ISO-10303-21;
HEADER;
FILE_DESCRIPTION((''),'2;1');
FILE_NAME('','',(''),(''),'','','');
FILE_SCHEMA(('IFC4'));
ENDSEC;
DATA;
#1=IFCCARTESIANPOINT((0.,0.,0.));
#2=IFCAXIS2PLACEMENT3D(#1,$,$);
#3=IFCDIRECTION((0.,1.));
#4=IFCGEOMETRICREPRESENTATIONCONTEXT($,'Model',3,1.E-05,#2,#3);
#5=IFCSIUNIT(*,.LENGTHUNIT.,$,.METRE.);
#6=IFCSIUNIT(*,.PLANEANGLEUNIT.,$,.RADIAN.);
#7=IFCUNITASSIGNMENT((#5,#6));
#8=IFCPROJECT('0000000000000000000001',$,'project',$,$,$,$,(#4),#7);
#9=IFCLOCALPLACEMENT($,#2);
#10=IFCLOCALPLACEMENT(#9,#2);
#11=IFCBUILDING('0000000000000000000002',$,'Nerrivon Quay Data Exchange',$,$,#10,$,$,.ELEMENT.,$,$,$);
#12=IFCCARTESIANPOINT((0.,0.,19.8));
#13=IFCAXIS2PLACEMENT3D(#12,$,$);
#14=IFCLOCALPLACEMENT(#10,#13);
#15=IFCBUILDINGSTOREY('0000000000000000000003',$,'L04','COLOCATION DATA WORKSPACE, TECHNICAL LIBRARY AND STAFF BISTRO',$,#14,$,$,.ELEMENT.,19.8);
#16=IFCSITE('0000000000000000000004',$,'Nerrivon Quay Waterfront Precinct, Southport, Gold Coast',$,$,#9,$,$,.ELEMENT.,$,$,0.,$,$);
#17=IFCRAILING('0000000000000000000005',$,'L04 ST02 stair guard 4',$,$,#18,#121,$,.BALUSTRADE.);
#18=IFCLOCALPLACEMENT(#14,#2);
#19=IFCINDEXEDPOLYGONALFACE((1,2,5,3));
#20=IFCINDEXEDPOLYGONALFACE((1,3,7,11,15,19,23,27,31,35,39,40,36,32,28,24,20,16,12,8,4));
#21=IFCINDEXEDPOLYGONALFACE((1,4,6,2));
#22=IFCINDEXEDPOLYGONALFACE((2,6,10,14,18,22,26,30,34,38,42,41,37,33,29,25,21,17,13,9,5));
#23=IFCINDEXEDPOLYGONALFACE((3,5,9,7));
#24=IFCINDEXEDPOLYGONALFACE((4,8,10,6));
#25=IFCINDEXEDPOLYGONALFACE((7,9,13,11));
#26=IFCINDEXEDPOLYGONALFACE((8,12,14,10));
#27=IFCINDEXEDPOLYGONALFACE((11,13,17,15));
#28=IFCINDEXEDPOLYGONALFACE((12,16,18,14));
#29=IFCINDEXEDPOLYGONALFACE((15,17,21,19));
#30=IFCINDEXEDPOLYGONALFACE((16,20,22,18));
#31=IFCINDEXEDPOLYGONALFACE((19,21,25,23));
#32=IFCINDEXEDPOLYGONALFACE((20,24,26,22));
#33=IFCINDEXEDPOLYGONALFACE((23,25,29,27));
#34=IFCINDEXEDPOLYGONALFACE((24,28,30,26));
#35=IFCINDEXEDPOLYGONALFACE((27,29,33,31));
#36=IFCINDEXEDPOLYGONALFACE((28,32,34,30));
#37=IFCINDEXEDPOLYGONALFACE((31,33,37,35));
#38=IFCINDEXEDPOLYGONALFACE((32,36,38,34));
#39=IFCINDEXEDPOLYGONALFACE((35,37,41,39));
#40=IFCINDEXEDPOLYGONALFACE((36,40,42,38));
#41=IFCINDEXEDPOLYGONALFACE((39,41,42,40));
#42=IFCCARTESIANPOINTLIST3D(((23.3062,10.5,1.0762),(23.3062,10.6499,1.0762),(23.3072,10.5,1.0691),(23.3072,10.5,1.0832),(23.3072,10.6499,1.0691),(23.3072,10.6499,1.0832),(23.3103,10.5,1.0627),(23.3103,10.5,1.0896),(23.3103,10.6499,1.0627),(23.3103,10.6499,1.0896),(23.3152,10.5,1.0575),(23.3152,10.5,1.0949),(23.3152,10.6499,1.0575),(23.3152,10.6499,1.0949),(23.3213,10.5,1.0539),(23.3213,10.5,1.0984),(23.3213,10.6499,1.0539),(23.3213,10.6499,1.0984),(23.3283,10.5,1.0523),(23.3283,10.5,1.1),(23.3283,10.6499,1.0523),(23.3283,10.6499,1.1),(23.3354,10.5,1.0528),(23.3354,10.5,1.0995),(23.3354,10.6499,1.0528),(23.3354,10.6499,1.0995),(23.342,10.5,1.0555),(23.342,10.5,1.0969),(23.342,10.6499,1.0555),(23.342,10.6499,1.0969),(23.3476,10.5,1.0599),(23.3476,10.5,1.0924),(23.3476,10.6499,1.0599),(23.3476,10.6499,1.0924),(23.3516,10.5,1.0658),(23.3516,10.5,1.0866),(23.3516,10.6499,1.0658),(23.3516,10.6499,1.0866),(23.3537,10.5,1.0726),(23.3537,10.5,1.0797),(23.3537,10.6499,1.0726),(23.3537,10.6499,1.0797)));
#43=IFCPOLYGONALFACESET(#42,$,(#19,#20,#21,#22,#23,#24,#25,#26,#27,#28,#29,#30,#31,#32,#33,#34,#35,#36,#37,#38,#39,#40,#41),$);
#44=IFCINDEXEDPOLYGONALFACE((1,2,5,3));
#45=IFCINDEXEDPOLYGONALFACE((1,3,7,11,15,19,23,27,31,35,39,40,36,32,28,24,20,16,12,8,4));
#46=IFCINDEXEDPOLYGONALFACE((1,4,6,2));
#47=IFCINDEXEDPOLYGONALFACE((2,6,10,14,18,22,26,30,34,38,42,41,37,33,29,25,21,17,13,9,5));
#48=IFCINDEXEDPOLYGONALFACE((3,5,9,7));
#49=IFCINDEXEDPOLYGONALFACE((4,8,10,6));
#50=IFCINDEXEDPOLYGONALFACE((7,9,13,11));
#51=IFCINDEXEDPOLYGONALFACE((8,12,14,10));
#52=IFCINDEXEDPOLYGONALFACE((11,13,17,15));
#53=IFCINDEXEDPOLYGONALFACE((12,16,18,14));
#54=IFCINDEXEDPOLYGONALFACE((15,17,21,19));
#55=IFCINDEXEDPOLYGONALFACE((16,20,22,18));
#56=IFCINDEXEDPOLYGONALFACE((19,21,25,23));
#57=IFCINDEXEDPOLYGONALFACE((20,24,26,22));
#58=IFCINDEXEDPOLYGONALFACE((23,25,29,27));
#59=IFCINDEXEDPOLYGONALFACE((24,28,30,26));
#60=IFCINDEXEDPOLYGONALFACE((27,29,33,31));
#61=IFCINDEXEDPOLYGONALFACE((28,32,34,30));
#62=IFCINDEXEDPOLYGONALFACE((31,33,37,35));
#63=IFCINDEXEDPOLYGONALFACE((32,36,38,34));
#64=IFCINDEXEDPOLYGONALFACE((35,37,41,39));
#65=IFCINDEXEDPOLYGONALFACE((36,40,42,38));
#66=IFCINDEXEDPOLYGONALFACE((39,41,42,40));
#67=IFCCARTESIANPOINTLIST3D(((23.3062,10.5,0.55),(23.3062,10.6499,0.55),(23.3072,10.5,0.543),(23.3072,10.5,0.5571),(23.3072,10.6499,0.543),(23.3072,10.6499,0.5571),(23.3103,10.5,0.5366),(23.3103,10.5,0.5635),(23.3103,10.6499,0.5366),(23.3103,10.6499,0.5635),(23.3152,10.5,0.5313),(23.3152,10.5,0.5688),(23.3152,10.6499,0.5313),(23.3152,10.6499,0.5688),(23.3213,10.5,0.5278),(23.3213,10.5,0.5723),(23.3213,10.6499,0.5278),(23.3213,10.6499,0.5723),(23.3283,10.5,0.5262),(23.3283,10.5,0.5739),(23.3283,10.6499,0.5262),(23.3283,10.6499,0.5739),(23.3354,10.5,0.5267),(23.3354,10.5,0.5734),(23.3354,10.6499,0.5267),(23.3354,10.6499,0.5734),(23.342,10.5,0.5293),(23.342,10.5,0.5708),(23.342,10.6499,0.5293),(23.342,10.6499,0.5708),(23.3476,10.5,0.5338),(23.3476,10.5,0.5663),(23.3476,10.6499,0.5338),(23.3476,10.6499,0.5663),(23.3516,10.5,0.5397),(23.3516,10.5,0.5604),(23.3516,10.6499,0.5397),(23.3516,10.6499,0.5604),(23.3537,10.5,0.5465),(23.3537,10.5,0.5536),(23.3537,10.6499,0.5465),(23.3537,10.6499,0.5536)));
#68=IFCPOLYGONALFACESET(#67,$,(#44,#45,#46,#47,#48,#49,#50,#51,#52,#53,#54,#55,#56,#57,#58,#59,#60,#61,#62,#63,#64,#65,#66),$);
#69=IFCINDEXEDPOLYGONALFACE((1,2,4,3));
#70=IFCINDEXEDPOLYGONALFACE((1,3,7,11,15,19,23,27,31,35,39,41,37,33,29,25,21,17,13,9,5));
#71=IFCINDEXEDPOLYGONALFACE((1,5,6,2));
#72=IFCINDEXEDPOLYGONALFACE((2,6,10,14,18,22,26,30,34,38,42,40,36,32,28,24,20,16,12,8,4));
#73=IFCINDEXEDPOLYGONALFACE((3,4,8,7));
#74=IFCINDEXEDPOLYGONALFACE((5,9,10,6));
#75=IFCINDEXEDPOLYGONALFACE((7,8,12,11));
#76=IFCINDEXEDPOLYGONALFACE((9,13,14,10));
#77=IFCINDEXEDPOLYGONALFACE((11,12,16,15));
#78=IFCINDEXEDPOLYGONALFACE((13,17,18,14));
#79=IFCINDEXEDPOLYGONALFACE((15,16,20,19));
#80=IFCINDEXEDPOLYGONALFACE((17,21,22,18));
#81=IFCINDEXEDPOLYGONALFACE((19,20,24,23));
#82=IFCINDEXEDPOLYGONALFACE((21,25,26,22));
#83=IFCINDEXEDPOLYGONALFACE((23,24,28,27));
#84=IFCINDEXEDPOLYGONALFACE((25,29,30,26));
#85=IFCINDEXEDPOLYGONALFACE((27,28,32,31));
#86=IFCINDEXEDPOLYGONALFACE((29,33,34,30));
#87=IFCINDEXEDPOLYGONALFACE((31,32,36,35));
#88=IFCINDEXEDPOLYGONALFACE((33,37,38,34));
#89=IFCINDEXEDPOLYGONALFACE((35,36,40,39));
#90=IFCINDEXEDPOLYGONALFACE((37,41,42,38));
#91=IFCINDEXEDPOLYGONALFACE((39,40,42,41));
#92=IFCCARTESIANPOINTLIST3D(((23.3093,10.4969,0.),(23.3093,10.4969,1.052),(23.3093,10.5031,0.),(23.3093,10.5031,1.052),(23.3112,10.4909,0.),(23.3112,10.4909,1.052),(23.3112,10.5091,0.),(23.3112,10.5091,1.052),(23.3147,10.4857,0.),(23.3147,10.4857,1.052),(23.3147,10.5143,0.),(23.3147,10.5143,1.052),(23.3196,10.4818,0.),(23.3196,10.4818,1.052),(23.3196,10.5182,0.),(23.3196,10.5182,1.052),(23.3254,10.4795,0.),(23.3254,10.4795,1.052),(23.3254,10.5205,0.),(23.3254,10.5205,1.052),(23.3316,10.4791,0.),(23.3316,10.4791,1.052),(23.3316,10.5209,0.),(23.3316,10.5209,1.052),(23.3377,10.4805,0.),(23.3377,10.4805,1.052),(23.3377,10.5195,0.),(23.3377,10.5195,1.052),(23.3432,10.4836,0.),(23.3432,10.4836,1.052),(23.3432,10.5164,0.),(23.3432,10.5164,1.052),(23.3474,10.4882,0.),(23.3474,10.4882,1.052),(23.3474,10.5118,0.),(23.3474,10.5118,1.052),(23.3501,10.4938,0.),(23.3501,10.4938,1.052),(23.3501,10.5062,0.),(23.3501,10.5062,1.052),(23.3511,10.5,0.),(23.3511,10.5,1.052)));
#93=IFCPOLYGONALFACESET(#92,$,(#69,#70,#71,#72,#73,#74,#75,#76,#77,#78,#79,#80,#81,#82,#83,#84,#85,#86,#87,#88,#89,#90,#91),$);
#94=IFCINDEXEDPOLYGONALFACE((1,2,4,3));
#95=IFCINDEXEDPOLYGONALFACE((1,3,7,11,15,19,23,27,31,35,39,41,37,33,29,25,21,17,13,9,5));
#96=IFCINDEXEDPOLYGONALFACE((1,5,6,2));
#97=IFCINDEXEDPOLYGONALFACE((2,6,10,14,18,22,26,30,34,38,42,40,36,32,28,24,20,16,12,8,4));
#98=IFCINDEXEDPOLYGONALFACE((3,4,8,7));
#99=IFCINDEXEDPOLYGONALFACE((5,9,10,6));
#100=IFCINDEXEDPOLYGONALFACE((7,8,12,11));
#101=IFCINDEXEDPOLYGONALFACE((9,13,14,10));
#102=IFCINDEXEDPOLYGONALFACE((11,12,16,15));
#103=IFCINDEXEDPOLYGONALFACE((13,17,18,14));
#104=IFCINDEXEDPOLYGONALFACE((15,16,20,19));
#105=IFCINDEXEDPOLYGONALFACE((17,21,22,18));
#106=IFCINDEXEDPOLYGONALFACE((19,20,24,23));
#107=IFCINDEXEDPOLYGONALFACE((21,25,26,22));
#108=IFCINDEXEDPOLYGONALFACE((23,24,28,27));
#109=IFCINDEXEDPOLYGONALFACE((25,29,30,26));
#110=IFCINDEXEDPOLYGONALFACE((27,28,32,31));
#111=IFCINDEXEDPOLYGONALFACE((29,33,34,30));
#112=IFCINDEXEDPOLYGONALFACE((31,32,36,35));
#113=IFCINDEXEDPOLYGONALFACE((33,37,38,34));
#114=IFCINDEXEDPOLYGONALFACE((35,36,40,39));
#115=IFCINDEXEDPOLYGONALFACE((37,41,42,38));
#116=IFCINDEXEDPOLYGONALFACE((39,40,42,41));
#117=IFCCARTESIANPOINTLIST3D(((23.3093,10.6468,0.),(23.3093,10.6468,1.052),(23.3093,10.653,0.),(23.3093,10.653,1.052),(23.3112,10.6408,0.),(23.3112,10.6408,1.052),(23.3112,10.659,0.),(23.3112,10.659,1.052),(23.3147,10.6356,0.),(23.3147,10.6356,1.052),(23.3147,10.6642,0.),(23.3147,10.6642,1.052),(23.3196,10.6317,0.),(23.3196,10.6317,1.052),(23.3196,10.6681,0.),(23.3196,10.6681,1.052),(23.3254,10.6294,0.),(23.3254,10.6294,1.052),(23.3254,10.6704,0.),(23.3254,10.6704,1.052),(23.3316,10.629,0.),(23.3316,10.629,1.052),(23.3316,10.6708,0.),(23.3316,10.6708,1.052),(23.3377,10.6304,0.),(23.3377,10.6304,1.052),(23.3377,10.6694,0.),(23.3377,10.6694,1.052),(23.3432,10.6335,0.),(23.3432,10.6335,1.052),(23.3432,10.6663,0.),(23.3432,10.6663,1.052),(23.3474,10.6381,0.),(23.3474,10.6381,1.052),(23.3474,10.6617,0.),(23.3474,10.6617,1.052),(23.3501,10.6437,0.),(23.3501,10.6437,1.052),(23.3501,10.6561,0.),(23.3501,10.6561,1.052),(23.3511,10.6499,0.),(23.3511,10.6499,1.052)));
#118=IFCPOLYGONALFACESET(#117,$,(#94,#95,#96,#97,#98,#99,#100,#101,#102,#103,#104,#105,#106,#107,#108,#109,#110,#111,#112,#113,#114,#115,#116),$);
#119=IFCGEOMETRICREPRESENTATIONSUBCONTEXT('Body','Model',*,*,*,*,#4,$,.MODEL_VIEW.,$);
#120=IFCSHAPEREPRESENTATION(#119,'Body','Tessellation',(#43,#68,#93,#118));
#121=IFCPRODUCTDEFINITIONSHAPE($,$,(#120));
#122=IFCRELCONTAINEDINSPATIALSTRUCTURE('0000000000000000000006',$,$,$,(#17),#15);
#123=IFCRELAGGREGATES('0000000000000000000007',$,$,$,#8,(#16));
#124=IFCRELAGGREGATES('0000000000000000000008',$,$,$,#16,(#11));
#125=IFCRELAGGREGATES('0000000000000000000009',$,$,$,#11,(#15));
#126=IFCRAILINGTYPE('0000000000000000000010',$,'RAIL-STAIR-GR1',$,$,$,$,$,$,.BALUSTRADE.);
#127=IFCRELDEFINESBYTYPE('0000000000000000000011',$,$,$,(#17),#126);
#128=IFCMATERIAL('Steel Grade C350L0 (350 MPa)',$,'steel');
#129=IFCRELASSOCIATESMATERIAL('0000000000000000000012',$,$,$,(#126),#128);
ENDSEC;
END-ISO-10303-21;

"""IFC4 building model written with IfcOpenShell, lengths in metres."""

from ifc_helpers import new_model, si_unit, direction, frame, origin, origin_2d, place, context, subcontext, project, spatial, circle, extrude, material, type_object, element, save


model = new_model("IFC4")

# Units and contexts
model_context = context("Model", 3, precision=1e-05, world=origin(), true_north=direction((0.0, 1.0)))
body_context = subcontext(model_context, "Body", "Model", "MODEL_VIEW")
ifc_project = project(units=[si_unit("LENGTHUNIT", "METRE"), si_unit("PLANEANGLEUNIT", "RADIAN")], contexts=[model_context])

# Site, building, storey
site_placement = place(None, origin())
site = spatial("IfcSite", under=ifc_project, at=site_placement, Name="Nerrivon Quay Waterfront Precinct, Southport, Gold Coast", CompositionType="ELEMENT", RefElevation=0.0)
building_placement = place(site_placement, origin())
building = spatial("IfcBuilding", under=site, at=building_placement, Name="Nerrivon Quay Data Exchange", CompositionType="ELEMENT")
storey_placement = place(building_placement, frame((0.0, 0.0, 19.8)))
storey = spatial("IfcBuildingStorey", under=building, at=storey_placement, Name="L04", Description="COLOCATION DATA WORKSPACE, TECHNICAL LIBRARY AND STAFF BISTRO", CompositionType="ELEMENT", Elevation=19.8)

# Railing
ifc_material_1 = material(Name="Steel Grade C350L0 (350 MPa)", Category="steel")
railing_type_1 = type_object("IfcRailingType", Name="RAIL-STAIR-GR1", PredefinedType="BALUSTRADE", material=ifc_material_1)
railing_1_placement = place(storey_placement, frame((23.3301, 10.5, 0.0)))
element("IfcRailing", 1, at=railing_1_placement, inside=storey, type_object=railing_type_1, Name="L04 ST02 stair guard 4", PredefinedType="BALUSTRADE", context=body_context, shape_type="SweptSolid", body=[
    extrude(circle(Radius=0.0239, at=origin_2d()), frame((0.0, 0.0, 1.0762), z_axis=(0.0, 1.0, 0.0), x_axis=(-1.0, 0.0, 0.0)), (0.0, 0.0, 1.0), 0.1499),
    extrude(circle(Radius=0.0239, at=origin_2d()), frame((0.0, 0.0, 0.55), z_axis=(0.0, 1.0, 0.0), x_axis=(-1.0, 0.0, 0.0)), (0.0, 0.0, 1.0), 0.1499),
    extrude(circle(Radius=0.021, at=origin_2d()), origin(), (0.0, 0.0, 1.0), 1.052),
    extrude(circle(Radius=0.021, at=origin_2d()), frame((0.0, 0.1499, 0.0)), (0.0, 0.0, 1.0), 1.052),
])

save(model, "model.ifc")
